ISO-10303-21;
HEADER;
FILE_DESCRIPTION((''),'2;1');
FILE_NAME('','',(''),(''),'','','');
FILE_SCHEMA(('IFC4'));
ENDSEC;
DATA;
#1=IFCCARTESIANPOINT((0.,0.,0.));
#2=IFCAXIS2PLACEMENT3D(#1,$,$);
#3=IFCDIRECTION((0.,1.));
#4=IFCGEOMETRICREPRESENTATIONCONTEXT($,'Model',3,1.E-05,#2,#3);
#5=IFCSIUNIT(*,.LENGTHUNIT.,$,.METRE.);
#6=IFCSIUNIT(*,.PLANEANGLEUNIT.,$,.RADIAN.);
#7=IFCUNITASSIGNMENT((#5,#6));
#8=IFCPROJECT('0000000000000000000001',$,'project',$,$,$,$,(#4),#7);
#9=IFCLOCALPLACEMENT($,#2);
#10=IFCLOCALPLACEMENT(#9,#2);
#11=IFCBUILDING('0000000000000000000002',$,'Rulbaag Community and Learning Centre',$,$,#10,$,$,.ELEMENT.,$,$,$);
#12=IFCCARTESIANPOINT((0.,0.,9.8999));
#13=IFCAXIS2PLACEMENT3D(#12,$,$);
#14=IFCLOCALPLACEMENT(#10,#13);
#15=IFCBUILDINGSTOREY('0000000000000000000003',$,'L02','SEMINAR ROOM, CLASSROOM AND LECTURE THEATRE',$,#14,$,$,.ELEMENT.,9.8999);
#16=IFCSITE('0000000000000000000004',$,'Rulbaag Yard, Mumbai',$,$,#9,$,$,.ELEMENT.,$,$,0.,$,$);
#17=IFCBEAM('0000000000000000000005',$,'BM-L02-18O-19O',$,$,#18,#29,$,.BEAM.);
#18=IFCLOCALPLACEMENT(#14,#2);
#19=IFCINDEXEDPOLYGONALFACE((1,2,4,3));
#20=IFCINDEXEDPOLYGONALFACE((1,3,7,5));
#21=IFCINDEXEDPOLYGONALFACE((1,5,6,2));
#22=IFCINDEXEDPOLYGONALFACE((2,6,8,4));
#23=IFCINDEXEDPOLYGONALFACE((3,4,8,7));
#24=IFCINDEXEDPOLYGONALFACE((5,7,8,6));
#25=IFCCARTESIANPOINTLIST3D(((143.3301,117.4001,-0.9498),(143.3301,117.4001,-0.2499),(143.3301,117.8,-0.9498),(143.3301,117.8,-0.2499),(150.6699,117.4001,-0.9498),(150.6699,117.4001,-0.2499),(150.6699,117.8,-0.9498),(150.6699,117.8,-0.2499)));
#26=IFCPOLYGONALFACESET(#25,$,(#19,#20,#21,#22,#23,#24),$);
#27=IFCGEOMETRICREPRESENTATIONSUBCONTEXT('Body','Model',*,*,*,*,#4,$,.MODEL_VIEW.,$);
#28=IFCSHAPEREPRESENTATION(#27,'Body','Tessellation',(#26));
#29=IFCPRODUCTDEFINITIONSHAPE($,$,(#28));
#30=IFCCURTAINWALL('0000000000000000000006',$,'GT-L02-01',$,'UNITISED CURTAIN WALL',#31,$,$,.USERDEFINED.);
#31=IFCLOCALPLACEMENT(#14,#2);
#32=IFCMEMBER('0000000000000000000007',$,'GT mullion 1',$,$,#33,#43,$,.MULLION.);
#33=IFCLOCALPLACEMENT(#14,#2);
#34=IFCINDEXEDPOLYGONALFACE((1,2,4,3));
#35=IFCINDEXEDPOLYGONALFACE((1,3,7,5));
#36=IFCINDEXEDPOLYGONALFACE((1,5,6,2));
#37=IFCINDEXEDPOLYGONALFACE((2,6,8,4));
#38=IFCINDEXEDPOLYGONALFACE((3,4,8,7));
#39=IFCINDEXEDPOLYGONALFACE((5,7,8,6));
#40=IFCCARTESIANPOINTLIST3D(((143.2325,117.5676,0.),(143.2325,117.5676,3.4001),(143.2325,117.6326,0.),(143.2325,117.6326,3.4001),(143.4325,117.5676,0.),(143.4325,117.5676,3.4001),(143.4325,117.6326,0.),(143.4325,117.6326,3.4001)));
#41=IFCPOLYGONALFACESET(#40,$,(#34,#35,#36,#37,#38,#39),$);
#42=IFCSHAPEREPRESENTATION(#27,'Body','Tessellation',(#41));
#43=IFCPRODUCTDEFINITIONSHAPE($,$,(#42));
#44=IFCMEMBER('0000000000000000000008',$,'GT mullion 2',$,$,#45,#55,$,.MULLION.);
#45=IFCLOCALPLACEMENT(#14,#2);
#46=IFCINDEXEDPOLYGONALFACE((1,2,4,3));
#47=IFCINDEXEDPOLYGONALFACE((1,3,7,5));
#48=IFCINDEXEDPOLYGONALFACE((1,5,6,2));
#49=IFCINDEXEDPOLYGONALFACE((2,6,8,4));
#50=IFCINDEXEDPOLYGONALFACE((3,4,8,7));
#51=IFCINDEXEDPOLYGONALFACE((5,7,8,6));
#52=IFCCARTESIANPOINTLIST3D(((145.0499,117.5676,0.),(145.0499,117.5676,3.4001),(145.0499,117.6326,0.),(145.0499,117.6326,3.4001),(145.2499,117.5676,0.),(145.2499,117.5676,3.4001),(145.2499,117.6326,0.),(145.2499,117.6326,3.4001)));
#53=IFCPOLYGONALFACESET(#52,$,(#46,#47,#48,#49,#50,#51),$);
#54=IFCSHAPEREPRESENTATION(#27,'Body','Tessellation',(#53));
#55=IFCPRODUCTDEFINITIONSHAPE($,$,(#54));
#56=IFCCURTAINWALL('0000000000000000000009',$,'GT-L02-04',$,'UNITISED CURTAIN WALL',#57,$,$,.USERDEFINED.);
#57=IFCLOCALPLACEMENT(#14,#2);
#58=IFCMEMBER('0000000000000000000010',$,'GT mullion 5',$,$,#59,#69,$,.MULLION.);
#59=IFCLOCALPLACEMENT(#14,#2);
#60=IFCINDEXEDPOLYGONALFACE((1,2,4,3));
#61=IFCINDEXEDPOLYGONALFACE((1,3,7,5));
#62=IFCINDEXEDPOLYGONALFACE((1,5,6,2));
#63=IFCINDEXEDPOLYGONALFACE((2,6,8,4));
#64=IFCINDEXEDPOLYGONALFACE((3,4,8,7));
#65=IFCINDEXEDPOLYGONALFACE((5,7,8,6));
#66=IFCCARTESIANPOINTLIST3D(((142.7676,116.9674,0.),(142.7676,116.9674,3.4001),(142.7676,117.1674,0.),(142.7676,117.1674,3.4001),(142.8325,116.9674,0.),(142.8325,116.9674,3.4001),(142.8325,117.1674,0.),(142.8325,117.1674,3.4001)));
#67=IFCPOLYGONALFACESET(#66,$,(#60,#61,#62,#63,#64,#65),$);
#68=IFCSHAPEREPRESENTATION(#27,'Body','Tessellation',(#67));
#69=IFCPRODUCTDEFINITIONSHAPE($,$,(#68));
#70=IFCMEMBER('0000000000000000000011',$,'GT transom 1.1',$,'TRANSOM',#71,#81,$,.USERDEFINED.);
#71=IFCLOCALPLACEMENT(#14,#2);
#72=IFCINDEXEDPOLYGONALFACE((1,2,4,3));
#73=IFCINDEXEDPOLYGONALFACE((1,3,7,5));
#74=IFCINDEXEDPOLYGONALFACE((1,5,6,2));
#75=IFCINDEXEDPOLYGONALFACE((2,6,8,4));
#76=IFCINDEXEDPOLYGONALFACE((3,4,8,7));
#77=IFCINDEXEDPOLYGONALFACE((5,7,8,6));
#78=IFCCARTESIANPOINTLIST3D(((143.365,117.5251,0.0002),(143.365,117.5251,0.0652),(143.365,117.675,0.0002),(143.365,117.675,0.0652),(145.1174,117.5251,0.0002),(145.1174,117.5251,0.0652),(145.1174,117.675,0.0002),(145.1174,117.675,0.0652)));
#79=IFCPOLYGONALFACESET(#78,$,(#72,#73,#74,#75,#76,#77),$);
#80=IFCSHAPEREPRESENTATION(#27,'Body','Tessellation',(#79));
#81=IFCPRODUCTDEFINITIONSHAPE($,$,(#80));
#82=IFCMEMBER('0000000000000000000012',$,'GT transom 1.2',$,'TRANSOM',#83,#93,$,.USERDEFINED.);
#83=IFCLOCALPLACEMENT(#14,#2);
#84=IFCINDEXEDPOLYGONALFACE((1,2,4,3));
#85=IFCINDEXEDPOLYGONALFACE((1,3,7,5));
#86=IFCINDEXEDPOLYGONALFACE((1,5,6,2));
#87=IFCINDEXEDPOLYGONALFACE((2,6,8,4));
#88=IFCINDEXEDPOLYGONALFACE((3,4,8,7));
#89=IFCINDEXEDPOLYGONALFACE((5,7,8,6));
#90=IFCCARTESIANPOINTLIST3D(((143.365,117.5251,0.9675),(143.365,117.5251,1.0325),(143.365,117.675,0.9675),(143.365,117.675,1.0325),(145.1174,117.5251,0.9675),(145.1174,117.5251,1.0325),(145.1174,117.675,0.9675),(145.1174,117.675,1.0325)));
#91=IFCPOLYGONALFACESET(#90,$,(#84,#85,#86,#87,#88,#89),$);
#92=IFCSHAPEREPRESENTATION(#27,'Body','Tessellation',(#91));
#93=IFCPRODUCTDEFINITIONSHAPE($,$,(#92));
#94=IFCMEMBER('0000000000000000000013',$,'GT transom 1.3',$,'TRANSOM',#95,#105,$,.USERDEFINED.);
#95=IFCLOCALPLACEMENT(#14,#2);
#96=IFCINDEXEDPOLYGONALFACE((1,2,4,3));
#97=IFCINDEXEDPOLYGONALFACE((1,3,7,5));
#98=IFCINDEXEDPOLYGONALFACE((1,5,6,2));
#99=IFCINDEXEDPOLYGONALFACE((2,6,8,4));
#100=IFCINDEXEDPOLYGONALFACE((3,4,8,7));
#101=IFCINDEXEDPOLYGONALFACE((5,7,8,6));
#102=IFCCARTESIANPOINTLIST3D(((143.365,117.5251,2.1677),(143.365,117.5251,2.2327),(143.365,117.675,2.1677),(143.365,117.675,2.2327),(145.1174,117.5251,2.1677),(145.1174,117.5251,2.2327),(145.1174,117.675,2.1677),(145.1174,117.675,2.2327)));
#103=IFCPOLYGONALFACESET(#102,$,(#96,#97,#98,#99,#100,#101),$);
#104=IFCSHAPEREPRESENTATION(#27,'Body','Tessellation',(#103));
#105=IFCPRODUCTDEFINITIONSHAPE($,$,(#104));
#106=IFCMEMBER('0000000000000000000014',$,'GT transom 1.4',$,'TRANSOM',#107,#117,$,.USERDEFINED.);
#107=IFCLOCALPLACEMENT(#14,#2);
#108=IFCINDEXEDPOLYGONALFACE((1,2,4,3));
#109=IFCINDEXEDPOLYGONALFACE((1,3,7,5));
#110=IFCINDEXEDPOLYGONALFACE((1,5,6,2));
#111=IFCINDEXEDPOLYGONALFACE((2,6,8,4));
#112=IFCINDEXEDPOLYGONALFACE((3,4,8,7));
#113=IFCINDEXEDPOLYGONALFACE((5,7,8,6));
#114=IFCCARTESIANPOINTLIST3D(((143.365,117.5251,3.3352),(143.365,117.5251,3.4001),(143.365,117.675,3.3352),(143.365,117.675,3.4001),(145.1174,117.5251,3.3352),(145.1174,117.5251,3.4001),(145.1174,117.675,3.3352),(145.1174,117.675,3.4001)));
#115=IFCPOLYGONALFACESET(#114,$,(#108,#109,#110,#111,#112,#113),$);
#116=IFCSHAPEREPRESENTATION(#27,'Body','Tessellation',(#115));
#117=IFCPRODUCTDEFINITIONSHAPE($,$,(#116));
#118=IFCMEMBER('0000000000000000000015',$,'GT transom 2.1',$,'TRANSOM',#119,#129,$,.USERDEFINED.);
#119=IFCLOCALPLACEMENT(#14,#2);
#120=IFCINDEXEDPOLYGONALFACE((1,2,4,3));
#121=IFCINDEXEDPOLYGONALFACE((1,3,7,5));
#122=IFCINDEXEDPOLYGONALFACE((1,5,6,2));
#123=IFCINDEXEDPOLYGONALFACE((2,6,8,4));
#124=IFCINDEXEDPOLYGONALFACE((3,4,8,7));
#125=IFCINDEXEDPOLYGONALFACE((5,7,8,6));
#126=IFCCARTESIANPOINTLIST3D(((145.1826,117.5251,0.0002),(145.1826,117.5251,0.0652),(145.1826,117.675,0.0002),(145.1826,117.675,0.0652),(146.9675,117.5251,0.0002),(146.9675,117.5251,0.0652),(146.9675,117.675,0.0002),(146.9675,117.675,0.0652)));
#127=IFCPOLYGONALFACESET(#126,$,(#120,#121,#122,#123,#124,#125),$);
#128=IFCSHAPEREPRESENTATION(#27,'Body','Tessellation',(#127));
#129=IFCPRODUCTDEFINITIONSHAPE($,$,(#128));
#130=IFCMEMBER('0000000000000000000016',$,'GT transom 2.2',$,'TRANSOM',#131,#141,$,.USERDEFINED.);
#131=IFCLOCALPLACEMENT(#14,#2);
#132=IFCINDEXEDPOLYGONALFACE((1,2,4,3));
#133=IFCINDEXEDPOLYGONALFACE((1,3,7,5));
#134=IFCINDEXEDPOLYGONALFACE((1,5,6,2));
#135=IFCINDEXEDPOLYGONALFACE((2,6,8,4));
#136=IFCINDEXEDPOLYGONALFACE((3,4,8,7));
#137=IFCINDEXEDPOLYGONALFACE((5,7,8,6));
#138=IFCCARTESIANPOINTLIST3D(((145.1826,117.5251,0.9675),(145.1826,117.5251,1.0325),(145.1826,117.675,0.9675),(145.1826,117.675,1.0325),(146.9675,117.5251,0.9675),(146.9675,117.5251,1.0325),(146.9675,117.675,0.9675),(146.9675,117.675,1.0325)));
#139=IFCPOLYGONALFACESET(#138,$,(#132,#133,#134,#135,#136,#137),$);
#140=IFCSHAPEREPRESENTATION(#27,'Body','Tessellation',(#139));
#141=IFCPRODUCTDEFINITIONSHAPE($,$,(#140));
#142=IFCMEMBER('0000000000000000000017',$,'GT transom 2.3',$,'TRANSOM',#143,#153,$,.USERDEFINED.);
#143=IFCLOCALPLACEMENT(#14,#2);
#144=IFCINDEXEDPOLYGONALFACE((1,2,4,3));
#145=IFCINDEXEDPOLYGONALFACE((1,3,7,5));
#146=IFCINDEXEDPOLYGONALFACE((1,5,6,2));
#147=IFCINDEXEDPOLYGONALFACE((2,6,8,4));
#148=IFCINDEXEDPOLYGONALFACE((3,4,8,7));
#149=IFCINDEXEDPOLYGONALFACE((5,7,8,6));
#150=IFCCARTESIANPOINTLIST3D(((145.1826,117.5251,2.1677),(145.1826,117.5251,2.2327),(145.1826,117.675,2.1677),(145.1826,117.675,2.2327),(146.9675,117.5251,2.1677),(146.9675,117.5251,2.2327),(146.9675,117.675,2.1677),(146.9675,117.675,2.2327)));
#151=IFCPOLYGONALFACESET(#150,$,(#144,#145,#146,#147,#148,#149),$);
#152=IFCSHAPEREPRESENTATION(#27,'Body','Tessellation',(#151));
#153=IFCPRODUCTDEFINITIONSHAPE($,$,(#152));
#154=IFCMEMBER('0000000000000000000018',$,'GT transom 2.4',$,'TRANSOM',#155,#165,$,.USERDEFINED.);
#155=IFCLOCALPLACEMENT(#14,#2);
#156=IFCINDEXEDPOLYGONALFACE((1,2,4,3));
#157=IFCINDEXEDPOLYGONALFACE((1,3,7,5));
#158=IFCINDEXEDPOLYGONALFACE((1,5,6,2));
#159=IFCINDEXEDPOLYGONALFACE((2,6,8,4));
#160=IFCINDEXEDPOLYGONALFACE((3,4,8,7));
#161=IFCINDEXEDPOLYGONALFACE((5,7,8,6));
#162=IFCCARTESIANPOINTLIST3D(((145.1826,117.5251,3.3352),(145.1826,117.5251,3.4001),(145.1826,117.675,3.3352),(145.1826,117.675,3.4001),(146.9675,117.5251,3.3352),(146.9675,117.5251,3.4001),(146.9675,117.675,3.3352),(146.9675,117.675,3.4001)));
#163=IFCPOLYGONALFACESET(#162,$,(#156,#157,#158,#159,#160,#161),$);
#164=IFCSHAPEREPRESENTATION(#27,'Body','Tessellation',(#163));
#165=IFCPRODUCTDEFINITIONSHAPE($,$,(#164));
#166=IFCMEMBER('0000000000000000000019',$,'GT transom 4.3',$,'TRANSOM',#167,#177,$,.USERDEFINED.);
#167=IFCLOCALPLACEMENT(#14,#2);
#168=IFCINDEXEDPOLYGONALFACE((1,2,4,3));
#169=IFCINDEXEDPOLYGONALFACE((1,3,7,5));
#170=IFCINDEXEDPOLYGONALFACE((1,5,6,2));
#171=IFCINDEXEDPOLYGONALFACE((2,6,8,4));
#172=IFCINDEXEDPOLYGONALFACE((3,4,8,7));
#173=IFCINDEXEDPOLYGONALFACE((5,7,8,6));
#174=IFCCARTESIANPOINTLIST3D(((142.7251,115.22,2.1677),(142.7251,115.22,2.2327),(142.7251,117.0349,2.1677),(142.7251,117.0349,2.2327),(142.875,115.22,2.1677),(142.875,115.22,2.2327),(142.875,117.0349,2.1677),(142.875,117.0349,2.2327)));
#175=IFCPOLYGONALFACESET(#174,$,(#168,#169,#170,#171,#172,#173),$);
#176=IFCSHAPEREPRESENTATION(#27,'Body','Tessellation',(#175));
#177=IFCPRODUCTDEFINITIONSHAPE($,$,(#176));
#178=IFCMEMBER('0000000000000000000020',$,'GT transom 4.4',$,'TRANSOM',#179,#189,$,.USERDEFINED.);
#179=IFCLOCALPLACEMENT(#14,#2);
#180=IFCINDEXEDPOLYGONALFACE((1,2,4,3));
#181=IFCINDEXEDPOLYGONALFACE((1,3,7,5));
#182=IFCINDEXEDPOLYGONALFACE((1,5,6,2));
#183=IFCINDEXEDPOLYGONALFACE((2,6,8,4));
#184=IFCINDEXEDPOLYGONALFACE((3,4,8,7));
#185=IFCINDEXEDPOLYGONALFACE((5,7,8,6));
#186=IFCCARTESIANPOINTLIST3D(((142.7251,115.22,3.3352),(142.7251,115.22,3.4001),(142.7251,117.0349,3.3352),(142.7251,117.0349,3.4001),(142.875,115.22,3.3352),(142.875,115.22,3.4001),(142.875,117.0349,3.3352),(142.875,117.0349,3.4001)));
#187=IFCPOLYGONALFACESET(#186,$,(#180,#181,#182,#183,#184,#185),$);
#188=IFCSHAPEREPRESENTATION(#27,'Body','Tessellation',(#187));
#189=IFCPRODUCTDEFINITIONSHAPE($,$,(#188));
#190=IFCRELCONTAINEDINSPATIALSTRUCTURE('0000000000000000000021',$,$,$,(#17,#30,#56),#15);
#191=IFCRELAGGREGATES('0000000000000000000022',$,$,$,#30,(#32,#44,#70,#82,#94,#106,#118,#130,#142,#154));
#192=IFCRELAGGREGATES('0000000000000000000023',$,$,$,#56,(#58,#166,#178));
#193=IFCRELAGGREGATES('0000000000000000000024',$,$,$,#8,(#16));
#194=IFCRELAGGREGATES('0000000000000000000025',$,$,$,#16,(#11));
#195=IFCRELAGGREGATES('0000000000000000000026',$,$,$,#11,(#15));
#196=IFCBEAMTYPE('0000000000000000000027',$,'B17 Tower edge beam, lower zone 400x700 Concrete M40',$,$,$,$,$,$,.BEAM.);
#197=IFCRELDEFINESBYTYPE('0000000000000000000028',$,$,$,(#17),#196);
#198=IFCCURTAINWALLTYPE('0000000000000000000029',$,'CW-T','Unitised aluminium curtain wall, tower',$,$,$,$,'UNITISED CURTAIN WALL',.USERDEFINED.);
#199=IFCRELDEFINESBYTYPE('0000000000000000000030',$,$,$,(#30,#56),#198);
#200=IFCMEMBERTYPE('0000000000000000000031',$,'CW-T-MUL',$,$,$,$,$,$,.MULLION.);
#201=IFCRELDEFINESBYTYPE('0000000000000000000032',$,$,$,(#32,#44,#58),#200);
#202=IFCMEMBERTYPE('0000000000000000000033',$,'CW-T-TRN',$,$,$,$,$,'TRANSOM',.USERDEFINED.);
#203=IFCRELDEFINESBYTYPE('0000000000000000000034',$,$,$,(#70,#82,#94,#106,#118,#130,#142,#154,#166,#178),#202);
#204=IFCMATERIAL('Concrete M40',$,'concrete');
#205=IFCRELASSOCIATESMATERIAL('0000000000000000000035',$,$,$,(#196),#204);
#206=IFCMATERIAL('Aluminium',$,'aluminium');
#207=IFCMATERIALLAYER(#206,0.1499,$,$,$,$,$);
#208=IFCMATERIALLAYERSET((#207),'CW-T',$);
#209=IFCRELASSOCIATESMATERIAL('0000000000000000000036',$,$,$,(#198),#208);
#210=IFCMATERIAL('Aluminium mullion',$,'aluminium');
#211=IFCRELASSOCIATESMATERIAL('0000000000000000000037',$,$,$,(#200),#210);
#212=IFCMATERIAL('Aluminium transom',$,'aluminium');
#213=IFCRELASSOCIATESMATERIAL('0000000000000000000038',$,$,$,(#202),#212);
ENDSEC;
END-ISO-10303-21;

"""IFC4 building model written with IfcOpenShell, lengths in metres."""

from ifc_helpers import new_model, si_unit, direction, frame, origin, origin_2d, place, context, subcontext, project, spatial, rectangle, extrude, material, layer, layer_set, material_profile, profile_set, type_object, element, aggregate, save


model = new_model("IFC4")

# Units and contexts
model_context = context("Model", 3, precision=1e-05, world=origin(), true_north=direction((0.0, 1.0)))
body_context = subcontext(model_context, "Body", "Model", "MODEL_VIEW")
ifc_project = project(units=[si_unit("LENGTHUNIT", "METRE"), si_unit("PLANEANGLEUNIT", "RADIAN")], contexts=[model_context])

# Site, building, storey
site_placement = place(None, origin())
site = spatial("IfcSite", under=ifc_project, at=site_placement, Name="Rulbaag Yard, Mumbai", CompositionType="ELEMENT", RefElevation=0.0)
building_placement = place(site_placement, origin())
building = spatial("IfcBuilding", under=site, at=building_placement, Name="Rulbaag Community and Learning Centre", CompositionType="ELEMENT")
storey_placement = place(building_placement, frame((0.0, 0.0, 9.8999)))
storey = spatial("IfcBuildingStorey", under=building, at=storey_placement, Name="L02", Description="SEMINAR ROOM, CLASSROOM AND LECTURE THEATRE", CompositionType="ELEMENT", Elevation=9.8999)

# Beam
ifc_material_1 = material(Name="Concrete M40", Category="concrete")
ifc_material_profile_1 = material_profile(ifc_material_1, rectangle(XDim=0.3999, YDim=0.7, at=origin_2d()), Name="RB400x700")
ifc_profile_set_1 = profile_set([ifc_material_profile_1], Name="Concrete M40")
beam_type = type_object("IfcBeamType", Name="B17 Tower edge beam, lower zone 400x700 Concrete M40", PredefinedType="BEAM", material=ifc_profile_set_1)
beam_placement = place(storey_placement, frame((143.3301, 117.6001, -0.5999), z_axis=(1.0, 0.0, 0.0), x_axis=(0.0, 1.0, 0.0)))
element("IfcBeam", 1, at=beam_placement, inside=storey, type_object=beam_type, Name="BM-L02-18O-19O", PredefinedType="BEAM", context=body_context, shape_type="SweptSolid", body=[
    extrude(rectangle(XDim=0.3999, YDim=0.7, at=origin_2d()), origin(), (0.0, 0.0, 1.0), 7.3398),
])

# Curtain wall, members
ifc_material_2 = material(Name="Aluminium", Category="aluminium")
ifc_layer_1 = layer(ifc_material_2, 0.1499)
ifc_layer_set_1 = layer_set([ifc_layer_1], Name="CW-T")
curtain_wall_type = type_object("IfcCurtainWallType", Name="CW-T", Description="Unitised aluminium curtain wall, tower", ElementType="UNITISED CURTAIN WALL", PredefinedType="USERDEFINED", material=ifc_layer_set_1)
curtain_wall_1_placement = place(storey_placement, origin())
curtain_wall_1 = element("IfcCurtainWall", 2, at=curtain_wall_1_placement, inside=storey, type_object=curtain_wall_type, Name="GT-L02-01", ObjectType="UNITISED CURTAIN WALL", PredefinedType="USERDEFINED")
ifc_material_3 = material(Name="Aluminium mullion", Category="aluminium")
ifc_material_profile_2 = material_profile(ifc_material_3, rectangle(XDim=0.0649, YDim=0.2, at=origin_2d()), Name="AL 65x200")
ifc_profile_set_2 = profile_set([ifc_material_profile_2], Name="Aluminium mullion")
member_type_1 = type_object("IfcMemberType", Name="CW-T-MUL", PredefinedType="MULLION", material=ifc_profile_set_2)
member_1_placement = place(storey_placement, frame((143.3325, 117.6001, 0.0), z_axis=(0.0, 0.0, 1.0), x_axis=(0.0, 1.0, 0.0)))
member_1 = element("IfcMember", 3, at=member_1_placement, type_object=member_type_1, Name="GT mullion 1", PredefinedType="MULLION", context=body_context, shape_type="SweptSolid", body=[
    extrude(rectangle(XDim=0.0649, YDim=0.2, at=origin_2d()), origin(), (0.0, 0.0, 1.0), 3.4001),
])
member_2_placement = place(storey_placement, frame((145.1499, 117.6001, 0.0), z_axis=(0.0, 0.0, 1.0), x_axis=(0.0, 1.0, 0.0)))
member_2 = element("IfcMember", 4, at=member_2_placement, type_object=member_type_1, Name="GT mullion 2", PredefinedType="MULLION", context=body_context, shape_type="SweptSolid", body=[
    extrude(rectangle(XDim=0.0649, YDim=0.2, at=origin_2d()), origin(), (0.0, 0.0, 1.0), 3.4001),
])

# Curtain wall, member
curtain_wall_2_placement = place(storey_placement, origin())
curtain_wall_2 = element("IfcCurtainWall", 5, at=curtain_wall_2_placement, inside=storey, type_object=curtain_wall_type, Name="GT-L02-04", ObjectType="UNITISED CURTAIN WALL", PredefinedType="USERDEFINED")
member_3_placement = place(storey_placement, frame((142.8, 117.0674, 0.0), z_axis=(0.0, 0.0, 1.0), x_axis=(-1.0, 0.0, 0.0)))
member_3 = element("IfcMember", 6, at=member_3_placement, type_object=member_type_1, Name="GT mullion 5", PredefinedType="MULLION", context=body_context, shape_type="SweptSolid", body=[
    extrude(rectangle(XDim=0.0649, YDim=0.2, at=origin_2d()), origin(), (0.0, 0.0, 1.0), 3.4001),
])

# Members
ifc_material_4 = material(Name="Aluminium transom", Category="aluminium")
ifc_material_profile_3 = material_profile(ifc_material_4, rectangle(XDim=0.1499, YDim=0.0649, at=origin_2d()), Name="AL 65x150 T")
ifc_profile_set_3 = profile_set([ifc_material_profile_3], Name="Aluminium transom")
member_type_2 = type_object("IfcMemberType", Name="CW-T-TRN", ElementType="TRANSOM", PredefinedType="USERDEFINED", material=ifc_profile_set_3)
member_4_placement = place(storey_placement, frame((143.365, 117.6001, 0.0327), z_axis=(1.0, 0.0, 0.0), x_axis=(0.0, 1.0, 0.0)))
member_4 = element("IfcMember", 7, at=member_4_placement, type_object=member_type_2, Name="GT transom 1.1", ObjectType="TRANSOM", PredefinedType="USERDEFINED", context=body_context, shape_type="SweptSolid", body=[
    extrude(rectangle(XDim=0.1499, YDim=0.0649, at=origin_2d()), origin(), (0.0, 0.0, 1.0), 1.7524),
])
member_5_placement = place(storey_placement, frame((143.365, 117.6001, 1.0), z_axis=(1.0, 0.0, 0.0), x_axis=(0.0, 1.0, 0.0)))
member_5 = element("IfcMember", 8, at=member_5_placement, type_object=member_type_2, Name="GT transom 1.2", ObjectType="TRANSOM", PredefinedType="USERDEFINED", context=body_context, shape_type="SweptSolid", body=[
    extrude(rectangle(XDim=0.1499, YDim=0.0649, at=origin_2d()), origin(), (0.0, 0.0, 1.0), 1.7524),
])
member_6_placement = place(storey_placement, frame((143.365, 117.6001, 2.2002), z_axis=(1.0, 0.0, 0.0), x_axis=(0.0, 1.0, 0.0)))
member_6 = element("IfcMember", 9, at=member_6_placement, type_object=member_type_2, Name="GT transom 1.3", ObjectType="TRANSOM", PredefinedType="USERDEFINED", context=body_context, shape_type="SweptSolid", body=[
    extrude(rectangle(XDim=0.1499, YDim=0.0649, at=origin_2d()), origin(), (0.0, 0.0, 1.0), 1.7524),
])
member_7_placement = place(storey_placement, frame((143.365, 117.6001, 3.3677), z_axis=(1.0, 0.0, 0.0), x_axis=(0.0, 1.0, 0.0)))
member_7 = element("IfcMember", 10, at=member_7_placement, type_object=member_type_2, Name="GT transom 1.4", ObjectType="TRANSOM", PredefinedType="USERDEFINED", context=body_context, shape_type="SweptSolid", body=[
    extrude(rectangle(XDim=0.1499, YDim=0.0649, at=origin_2d()), origin(), (0.0, 0.0, 1.0), 1.7524),
])
member_8_placement = place(storey_placement, frame((145.1826, 117.6001, 0.0327), z_axis=(1.0, 0.0, 0.0), x_axis=(0.0, 1.0, 0.0)))
member_8 = element("IfcMember", 11, at=member_8_placement, type_object=member_type_2, Name="GT transom 2.1", ObjectType="TRANSOM", PredefinedType="USERDEFINED", context=body_context, shape_type="SweptSolid", body=[
    extrude(rectangle(XDim=0.1499, YDim=0.0649, at=origin_2d()), origin(), (0.0, 0.0, 1.0), 1.7849),
])
member_9_placement = place(storey_placement, frame((145.1826, 117.6001, 1.0), z_axis=(1.0, 0.0, 0.0), x_axis=(0.0, 1.0, 0.0)))
member_9 = element("IfcMember", 12, at=member_9_placement, type_object=member_type_2, Name="GT transom 2.2", ObjectType="TRANSOM", PredefinedType="USERDEFINED", context=body_context, shape_type="SweptSolid", body=[
    extrude(rectangle(XDim=0.1499, YDim=0.0649, at=origin_2d()), origin(), (0.0, 0.0, 1.0), 1.7849),
])
member_10_placement = place(storey_placement, frame((145.1826, 117.6001, 2.2002), z_axis=(1.0, 0.0, 0.0), x_axis=(0.0, 1.0, 0.0)))
member_10 = element("IfcMember", 13, at=member_10_placement, type_object=member_type_2, Name="GT transom 2.3", ObjectType="TRANSOM", PredefinedType="USERDEFINED", context=body_context, shape_type="SweptSolid", body=[
    extrude(rectangle(XDim=0.1499, YDim=0.0649, at=origin_2d()), origin(), (0.0, 0.0, 1.0), 1.7849),
])
member_11_placement = place(storey_placement, frame((145.1826, 117.6001, 3.3677), z_axis=(1.0, 0.0, 0.0), x_axis=(0.0, 1.0, 0.0)))
member_11 = element("IfcMember", 14, at=member_11_placement, type_object=member_type_2, Name="GT transom 2.4", ObjectType="TRANSOM", PredefinedType="USERDEFINED", context=body_context, shape_type="SweptSolid", body=[
    extrude(rectangle(XDim=0.1499, YDim=0.0649, at=origin_2d()), origin(), (0.0, 0.0, 1.0), 1.7849),
])
member_12_placement = place(storey_placement, frame((142.8, 115.22, 2.2002), z_axis=(0.0, 1.0, 0.0), x_axis=(-1.0, 0.0, 0.0)))
member_12 = element("IfcMember", 15, at=member_12_placement, type_object=member_type_2, Name="GT transom 4.3", ObjectType="TRANSOM", PredefinedType="USERDEFINED", context=body_context, shape_type="SweptSolid", body=[
    extrude(rectangle(XDim=0.1499, YDim=0.0649, at=origin_2d()), origin(), (0.0, 0.0, 1.0), 1.8149),
])
member_13_placement = place(storey_placement, frame((142.8, 115.22, 3.3677), z_axis=(0.0, 1.0, 0.0), x_axis=(-1.0, 0.0, 0.0)))
member_13 = element("IfcMember", 16, at=member_13_placement, type_object=member_type_2, Name="GT transom 4.4", ObjectType="TRANSOM", PredefinedType="USERDEFINED", context=body_context, shape_type="SweptSolid", body=[
    extrude(rectangle(XDim=0.1499, YDim=0.0649, at=origin_2d()), origin(), (0.0, 0.0, 1.0), 1.8149),
])

aggregate(curtain_wall_1, [member_1, member_2, member_4, member_5, member_6, member_7, member_8, member_9, member_10, member_11])
aggregate(curtain_wall_2, [member_3, member_12, member_13])

save(model, "model.ifc")
